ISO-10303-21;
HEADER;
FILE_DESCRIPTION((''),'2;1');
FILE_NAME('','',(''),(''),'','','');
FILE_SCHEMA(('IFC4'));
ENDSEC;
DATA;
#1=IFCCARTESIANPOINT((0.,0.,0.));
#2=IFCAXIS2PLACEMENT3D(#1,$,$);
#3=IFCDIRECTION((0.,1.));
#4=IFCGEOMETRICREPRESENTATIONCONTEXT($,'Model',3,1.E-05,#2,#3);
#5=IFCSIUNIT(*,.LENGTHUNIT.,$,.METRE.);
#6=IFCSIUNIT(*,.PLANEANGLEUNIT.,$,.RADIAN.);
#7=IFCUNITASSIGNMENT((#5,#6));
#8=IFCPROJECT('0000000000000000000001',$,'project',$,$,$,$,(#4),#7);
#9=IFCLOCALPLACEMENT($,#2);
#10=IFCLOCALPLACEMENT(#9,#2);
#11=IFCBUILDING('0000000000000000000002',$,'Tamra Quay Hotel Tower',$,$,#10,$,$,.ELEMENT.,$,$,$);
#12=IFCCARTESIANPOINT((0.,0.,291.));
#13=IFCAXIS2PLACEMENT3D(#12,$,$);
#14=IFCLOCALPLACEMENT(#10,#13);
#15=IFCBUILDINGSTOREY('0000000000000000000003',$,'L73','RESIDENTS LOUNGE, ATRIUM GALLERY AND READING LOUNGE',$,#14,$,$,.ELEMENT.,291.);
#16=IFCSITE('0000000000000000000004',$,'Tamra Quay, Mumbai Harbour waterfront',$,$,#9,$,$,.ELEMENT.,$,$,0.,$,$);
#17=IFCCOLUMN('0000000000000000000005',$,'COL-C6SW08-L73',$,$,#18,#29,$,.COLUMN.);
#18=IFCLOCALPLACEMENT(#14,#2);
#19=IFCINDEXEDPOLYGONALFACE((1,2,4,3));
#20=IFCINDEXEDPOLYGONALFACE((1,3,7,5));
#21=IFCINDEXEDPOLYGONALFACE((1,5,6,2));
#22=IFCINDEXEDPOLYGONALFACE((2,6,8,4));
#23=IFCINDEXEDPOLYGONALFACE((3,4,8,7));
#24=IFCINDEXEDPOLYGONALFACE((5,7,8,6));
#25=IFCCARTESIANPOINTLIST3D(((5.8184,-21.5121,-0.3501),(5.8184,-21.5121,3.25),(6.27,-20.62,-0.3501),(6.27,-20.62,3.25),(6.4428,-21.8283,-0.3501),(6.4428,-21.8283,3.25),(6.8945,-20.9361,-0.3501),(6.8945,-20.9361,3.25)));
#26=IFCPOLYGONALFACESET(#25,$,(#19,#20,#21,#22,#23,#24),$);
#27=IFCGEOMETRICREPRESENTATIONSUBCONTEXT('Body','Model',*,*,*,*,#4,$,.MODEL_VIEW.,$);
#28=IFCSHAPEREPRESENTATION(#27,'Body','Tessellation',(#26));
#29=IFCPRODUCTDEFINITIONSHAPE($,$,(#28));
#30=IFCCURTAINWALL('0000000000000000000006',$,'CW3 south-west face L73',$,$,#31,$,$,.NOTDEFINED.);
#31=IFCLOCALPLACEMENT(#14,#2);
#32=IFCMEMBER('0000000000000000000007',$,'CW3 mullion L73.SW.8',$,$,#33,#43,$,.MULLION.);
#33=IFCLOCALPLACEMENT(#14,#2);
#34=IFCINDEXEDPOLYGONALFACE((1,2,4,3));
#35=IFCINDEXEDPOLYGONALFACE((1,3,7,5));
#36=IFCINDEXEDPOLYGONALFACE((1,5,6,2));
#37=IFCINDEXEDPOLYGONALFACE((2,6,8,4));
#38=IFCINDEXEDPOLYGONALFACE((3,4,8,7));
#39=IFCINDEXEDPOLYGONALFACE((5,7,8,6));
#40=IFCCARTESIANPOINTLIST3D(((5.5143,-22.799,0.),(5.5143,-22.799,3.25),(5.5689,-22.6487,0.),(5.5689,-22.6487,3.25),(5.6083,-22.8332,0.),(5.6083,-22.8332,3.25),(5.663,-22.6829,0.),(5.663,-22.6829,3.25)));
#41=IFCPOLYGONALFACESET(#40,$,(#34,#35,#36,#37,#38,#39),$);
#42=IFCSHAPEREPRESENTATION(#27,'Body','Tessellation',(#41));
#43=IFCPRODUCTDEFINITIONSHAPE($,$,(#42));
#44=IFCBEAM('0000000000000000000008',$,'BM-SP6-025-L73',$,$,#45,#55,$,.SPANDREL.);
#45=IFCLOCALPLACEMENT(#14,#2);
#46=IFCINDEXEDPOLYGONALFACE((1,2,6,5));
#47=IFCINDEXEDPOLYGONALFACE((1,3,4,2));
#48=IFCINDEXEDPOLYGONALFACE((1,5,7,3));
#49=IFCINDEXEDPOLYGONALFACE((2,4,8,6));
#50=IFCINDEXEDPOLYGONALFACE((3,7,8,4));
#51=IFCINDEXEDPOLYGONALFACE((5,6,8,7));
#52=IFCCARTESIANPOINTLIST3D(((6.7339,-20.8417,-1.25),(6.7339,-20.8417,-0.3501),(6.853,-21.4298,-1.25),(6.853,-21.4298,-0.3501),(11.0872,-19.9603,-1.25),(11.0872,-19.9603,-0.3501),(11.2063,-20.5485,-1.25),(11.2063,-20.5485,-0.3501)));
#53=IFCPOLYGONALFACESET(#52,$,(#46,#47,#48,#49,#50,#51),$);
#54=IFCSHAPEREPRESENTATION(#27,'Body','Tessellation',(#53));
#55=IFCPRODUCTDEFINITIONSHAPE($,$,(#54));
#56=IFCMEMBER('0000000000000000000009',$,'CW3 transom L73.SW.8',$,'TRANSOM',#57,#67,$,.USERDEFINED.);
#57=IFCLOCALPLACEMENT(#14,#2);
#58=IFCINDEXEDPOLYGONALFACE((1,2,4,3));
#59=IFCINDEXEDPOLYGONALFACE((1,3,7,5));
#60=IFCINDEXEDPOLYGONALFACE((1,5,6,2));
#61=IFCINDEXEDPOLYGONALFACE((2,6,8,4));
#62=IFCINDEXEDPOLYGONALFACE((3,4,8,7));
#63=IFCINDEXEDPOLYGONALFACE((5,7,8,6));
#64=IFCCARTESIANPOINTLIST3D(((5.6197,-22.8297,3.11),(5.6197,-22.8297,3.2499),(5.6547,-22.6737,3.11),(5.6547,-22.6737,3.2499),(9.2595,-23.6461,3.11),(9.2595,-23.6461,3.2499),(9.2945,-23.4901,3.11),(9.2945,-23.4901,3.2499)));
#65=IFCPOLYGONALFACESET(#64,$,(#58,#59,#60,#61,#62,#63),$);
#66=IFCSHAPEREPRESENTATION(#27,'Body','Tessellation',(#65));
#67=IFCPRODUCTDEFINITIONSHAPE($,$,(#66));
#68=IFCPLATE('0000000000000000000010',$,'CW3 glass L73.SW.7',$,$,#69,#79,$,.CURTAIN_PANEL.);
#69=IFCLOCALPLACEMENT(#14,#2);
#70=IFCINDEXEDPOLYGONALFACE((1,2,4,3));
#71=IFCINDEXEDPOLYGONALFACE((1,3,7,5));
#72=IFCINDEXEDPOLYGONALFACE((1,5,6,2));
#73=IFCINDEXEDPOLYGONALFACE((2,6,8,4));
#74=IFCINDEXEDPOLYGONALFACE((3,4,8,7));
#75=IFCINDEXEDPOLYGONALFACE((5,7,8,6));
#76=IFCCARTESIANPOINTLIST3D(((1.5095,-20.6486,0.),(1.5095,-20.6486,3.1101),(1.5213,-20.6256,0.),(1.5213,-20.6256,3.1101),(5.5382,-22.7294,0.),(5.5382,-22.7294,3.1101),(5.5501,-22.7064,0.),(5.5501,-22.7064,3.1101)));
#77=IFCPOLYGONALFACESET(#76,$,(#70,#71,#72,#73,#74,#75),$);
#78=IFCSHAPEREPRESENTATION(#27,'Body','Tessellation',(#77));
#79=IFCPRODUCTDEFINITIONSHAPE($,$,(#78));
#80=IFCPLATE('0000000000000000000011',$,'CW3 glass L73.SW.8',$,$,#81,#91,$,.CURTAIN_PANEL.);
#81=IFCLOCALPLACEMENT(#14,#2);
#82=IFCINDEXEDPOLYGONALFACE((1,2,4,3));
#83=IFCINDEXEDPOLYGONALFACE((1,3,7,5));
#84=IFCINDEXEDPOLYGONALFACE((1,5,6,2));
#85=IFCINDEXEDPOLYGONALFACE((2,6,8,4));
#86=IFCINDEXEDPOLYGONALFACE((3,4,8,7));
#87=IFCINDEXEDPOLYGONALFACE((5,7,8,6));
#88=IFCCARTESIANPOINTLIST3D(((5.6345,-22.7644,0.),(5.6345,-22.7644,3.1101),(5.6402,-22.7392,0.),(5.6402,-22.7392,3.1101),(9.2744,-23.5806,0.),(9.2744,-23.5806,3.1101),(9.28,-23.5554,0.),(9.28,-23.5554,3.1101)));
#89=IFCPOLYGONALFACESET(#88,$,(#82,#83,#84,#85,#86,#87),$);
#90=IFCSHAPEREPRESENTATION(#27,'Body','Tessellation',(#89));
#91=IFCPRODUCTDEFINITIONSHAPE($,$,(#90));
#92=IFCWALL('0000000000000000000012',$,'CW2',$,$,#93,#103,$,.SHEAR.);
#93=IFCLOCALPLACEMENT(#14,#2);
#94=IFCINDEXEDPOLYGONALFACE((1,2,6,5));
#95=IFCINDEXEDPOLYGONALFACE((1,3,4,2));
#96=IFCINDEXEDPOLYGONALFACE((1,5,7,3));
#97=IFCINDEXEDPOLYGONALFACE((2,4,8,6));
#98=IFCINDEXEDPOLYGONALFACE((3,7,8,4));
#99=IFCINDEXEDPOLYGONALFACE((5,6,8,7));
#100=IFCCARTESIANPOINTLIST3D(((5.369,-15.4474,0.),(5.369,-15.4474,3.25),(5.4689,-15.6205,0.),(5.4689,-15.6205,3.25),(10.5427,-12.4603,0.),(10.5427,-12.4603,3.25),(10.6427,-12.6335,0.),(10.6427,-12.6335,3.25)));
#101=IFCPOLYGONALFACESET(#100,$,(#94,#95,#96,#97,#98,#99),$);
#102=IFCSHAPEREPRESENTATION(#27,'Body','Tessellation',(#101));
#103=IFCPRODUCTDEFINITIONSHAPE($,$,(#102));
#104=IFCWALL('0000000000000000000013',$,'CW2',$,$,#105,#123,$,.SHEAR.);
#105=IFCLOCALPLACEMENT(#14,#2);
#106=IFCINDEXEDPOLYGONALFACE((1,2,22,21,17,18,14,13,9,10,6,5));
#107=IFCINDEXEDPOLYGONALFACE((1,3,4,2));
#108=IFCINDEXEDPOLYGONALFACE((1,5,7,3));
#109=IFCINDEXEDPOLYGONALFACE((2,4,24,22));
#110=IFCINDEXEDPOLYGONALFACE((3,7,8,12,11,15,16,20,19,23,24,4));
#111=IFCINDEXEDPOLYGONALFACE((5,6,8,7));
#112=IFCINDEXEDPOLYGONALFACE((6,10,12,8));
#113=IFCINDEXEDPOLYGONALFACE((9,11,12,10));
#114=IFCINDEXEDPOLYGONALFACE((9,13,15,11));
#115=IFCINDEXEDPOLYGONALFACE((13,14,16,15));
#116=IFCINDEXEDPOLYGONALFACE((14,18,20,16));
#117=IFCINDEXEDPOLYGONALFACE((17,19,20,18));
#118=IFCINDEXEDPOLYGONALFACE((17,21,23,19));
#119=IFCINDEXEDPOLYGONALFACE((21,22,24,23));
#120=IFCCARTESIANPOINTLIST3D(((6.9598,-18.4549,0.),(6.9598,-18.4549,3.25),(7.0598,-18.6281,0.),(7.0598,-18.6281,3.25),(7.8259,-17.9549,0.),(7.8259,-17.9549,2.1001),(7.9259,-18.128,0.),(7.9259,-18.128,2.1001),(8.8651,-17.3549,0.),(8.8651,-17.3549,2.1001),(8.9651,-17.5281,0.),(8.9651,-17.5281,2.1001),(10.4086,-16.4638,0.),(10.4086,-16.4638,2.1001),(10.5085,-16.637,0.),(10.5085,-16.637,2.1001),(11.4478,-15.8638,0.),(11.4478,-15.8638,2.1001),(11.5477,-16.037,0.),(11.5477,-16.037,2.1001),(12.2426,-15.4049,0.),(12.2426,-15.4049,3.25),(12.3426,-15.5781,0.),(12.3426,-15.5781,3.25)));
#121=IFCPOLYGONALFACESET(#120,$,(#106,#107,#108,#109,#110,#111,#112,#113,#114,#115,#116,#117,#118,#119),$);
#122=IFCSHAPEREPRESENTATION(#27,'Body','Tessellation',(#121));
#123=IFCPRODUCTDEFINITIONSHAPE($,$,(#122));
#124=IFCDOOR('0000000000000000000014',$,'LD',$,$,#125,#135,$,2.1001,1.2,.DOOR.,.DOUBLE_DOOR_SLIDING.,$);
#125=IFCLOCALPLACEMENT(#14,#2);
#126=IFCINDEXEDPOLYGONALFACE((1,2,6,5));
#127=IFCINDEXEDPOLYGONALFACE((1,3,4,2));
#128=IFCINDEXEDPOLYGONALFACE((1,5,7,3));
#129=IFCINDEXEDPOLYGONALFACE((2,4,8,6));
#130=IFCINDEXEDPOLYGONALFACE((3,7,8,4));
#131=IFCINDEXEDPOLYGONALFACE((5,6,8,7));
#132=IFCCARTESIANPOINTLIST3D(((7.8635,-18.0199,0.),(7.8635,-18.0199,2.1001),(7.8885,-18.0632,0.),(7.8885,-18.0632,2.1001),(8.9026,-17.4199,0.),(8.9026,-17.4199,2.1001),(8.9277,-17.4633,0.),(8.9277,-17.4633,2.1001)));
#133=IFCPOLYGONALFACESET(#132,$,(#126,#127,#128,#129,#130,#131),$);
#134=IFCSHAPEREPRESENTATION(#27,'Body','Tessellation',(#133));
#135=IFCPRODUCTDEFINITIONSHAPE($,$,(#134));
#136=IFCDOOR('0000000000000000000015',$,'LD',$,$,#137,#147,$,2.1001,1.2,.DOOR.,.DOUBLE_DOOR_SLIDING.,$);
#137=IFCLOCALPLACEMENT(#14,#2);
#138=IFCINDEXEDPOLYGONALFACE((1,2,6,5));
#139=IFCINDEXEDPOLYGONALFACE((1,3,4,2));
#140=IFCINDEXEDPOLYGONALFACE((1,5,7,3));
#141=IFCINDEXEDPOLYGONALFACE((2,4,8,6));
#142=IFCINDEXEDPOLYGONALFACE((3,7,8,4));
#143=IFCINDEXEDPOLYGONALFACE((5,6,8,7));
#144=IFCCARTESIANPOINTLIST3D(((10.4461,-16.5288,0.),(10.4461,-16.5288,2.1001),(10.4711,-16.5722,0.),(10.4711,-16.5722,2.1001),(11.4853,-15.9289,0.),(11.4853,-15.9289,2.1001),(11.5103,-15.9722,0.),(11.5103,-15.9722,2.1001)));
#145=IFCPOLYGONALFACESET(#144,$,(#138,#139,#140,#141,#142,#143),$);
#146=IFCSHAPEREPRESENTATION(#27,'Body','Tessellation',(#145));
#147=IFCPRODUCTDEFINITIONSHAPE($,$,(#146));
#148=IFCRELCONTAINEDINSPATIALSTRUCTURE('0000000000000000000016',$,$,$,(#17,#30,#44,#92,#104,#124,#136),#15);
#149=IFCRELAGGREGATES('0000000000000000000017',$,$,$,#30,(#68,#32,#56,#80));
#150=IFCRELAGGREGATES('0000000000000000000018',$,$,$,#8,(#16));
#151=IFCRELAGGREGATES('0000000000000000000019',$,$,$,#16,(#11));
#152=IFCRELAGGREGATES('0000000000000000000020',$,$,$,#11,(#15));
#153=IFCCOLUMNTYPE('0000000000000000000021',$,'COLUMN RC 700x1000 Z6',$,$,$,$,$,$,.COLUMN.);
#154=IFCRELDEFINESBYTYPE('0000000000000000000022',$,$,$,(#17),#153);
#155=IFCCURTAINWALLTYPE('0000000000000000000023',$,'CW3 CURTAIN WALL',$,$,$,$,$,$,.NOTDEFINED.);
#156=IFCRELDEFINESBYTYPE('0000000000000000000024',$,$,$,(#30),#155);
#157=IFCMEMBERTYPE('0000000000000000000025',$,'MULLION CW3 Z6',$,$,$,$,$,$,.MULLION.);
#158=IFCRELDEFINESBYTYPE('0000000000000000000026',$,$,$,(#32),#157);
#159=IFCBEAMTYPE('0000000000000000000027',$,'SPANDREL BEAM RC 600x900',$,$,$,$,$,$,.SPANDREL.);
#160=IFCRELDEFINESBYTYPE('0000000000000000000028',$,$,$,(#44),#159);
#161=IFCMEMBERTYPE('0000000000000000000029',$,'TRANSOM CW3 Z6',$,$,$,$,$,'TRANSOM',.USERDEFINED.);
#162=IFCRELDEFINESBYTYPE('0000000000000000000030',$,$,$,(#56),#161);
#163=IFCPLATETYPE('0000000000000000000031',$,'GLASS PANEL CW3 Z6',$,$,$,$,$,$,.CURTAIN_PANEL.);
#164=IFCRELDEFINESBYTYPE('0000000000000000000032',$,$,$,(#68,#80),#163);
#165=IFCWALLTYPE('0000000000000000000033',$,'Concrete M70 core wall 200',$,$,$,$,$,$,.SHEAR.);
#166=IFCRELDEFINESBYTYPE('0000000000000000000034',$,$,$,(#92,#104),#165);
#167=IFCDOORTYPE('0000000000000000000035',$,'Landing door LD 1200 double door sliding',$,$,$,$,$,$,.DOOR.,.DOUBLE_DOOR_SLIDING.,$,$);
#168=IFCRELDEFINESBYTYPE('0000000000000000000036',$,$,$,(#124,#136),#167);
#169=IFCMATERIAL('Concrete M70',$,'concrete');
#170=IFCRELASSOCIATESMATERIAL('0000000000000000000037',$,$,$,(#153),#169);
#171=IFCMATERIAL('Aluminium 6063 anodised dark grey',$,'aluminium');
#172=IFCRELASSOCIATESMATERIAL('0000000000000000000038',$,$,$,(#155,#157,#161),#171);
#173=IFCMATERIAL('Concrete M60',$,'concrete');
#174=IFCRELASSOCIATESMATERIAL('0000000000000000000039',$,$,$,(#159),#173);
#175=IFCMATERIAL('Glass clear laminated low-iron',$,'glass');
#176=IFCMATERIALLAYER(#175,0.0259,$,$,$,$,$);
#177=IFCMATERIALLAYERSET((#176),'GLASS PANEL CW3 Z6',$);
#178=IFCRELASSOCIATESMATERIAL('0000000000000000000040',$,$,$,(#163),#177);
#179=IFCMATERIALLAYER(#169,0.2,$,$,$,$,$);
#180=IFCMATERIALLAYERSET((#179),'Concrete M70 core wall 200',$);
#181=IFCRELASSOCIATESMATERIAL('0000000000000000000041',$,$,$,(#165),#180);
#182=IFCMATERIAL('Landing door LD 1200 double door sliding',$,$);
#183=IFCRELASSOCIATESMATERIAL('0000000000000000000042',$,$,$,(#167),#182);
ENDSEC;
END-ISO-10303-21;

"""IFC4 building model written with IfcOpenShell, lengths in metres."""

from ifc_helpers import new_model, si_unit, direction, frame, frame_2d, origin, origin_2d, place, context, subcontext, project, spatial, rectangle, extrude, material, layer, layer_set, material_profile, profile_set, type_object, element, fill, aggregate, save


model = new_model("IFC4")

# Units and contexts
model_context = context("Model", 3, precision=1e-05, world=origin(), true_north=direction((0.0, 1.0)))
body_context = subcontext(model_context, "Body", "Model", "MODEL_VIEW")
ifc_project = project(units=[si_unit("LENGTHUNIT", "METRE"), si_unit("PLANEANGLEUNIT", "RADIAN")], contexts=[model_context])

# Site, building, storey
site_placement = place(None, origin())
site = spatial("IfcSite", under=ifc_project, at=site_placement, Name="Tamra Quay, Mumbai Harbour waterfront", CompositionType="ELEMENT", RefElevation=0.0)
building_placement = place(site_placement, origin())
building = spatial("IfcBuilding", under=site, at=building_placement, Name="Tamra Quay Hotel Tower", CompositionType="ELEMENT")
storey_placement = place(building_placement, frame((0.0, 0.0, 291.0)))
storey = spatial("IfcBuildingStorey", under=building, at=storey_placement, Name="L73", Description="RESIDENTS LOUNGE, ATRIUM GALLERY AND READING LOUNGE", CompositionType="ELEMENT", Elevation=291.0)

# Column
ifc_material_1 = material(Name="Concrete M70", Category="concrete")
ifc_material_profile_1 = material_profile(ifc_material_1, rectangle(XDim=1.0, YDim=0.7, at=origin_2d()), Name="COLUMN RC 700x1000 Z6")
ifc_profile_set_1 = profile_set([ifc_material_profile_1], Name="Concrete M70")
column_type = type_object("IfcColumnType", Name="COLUMN RC 700x1000 Z6", PredefinedType="COLUMN", material=ifc_profile_set_1)
column_placement = place(storey_placement, frame((6.3564, -21.2241, -0.3501), z_axis=(0.0, 0.0, 1.0), x_axis=(0.451686, 0.892177, 0.0)))
element("IfcColumn", 1, at=column_placement, inside=storey, type_object=column_type, Name="COL-C6SW08-L73", PredefinedType="COLUMN", context=body_context, shape_type="SweptSolid", body=[
    extrude(rectangle(XDim=1.0, YDim=0.7, at=origin_2d()), origin(), (0.0, 0.0, 1.0), 3.6001),
])

# Curtain wall, member
ifc_material_2 = material(Name="Aluminium 6063 anodised dark grey", Category="aluminium")
curtain_wall_type = type_object("IfcCurtainWallType", Name="CW3 CURTAIN WALL", PredefinedType="NOTDEFINED", material=ifc_material_2)
curtain_wall_placement = place(storey_placement, origin())
curtain_wall = element("IfcCurtainWall", 2, at=curtain_wall_placement, inside=storey, type_object=curtain_wall_type, Name="CW3 south-west face L73", PredefinedType="NOTDEFINED")
ifc_material_profile_2 = material_profile(ifc_material_2, rectangle(XDim=0.1599, YDim=0.1001, at=origin_2d()), Name="MULLION 100X160")
ifc_profile_set_2 = profile_set([ifc_material_profile_2], Name="Aluminium 6063 anodised dark grey")
member_type_1 = type_object("IfcMemberType", Name="MULLION CW3 Z6", PredefinedType="MULLION", material=ifc_profile_set_2)
member_1_placement = place(storey_placement, frame((5.5886, -22.741, 0.0), z_axis=(0.0, 0.0, 1.0), x_axis=(-0.341653, -0.939826, 0.0)))
member_1 = element("IfcMember", 3, at=member_1_placement, type_object=member_type_1, Name="CW3 mullion L73.SW.8", PredefinedType="MULLION", context=body_context, shape_type="SweptSolid", body=[
    extrude(rectangle(XDim=0.1599, YDim=0.1001, at=origin_2d()), origin(), (0.0, 0.0, 1.0), 3.25),
])

# Beam
ifc_material_3 = material(Name="Concrete M60", Category="concrete")
ifc_material_profile_3 = material_profile(ifc_material_3, rectangle(XDim=0.6001, YDim=0.8999, at=origin_2d()), Name="SPANDREL BEAM RC 600x900")
ifc_profile_set_3 = profile_set([ifc_material_profile_3], Name="Concrete M60")
beam_type = type_object("IfcBeamType", Name="SPANDREL BEAM RC 600x900", PredefinedType="SPANDREL", material=ifc_profile_set_3)
beam_placement = place(storey_placement, frame((6.7935, -21.1357, -0.8), z_axis=(0.980115, 0.198431, 0.0), x_axis=(-0.198431, 0.980115, 0.0)))
element("IfcBeam", 4, at=beam_placement, inside=storey, type_object=beam_type, Name="BM-SP6-025-L73", PredefinedType="SPANDREL", context=body_context, shape_type="SweptSolid", body=[
    extrude(rectangle(XDim=0.6001, YDim=0.8999, at=origin_2d()), origin(), (0.0, 0.0, 1.0), 4.4417),
])

# Member
ifc_material_profile_4 = material_profile(ifc_material_2, rectangle(XDim=0.1599, YDim=0.1399, at=origin_2d()), Name="TRANSOM 160X140")
ifc_profile_set_4 = profile_set([ifc_material_profile_4], Name="Aluminium 6063 anodised dark grey")
member_type_2 = type_object("IfcMemberType", Name="TRANSOM CW3 Z6", ElementType="TRANSOM", PredefinedType="USERDEFINED", material=ifc_profile_set_4)
member_2_placement = place(storey_placement, frame((5.6372, -22.7517, 3.1799), z_axis=(0.975757, -0.218857, 0.0), x_axis=(0.218857, 0.975757, 0.0)))
member_2 = element("IfcMember", 5, at=member_2_placement, type_object=member_type_2, Name="CW3 transom L73.SW.8", ObjectType="TRANSOM", PredefinedType="USERDEFINED", context=body_context, shape_type="SweptSolid", body=[
    extrude(rectangle(XDim=0.1599, YDim=0.1399, at=origin_2d()), origin(), (0.0, 0.0, 1.0), 3.7302),
])

# Plates
ifc_material_4 = material(Name="Glass clear laminated low-iron", Category="glass")
ifc_layer_1 = layer(ifc_material_4, 0.0259)
ifc_layer_set_1 = layer_set([ifc_layer_1], Name="GLASS PANEL CW3 Z6")
plate_type = type_object("IfcPlateType", Name="GLASS PANEL CW3 Z6", PredefinedType="CURTAIN_PANEL", material=ifc_layer_set_1)
plate_1_placement = place(storey_placement, frame((3.5298, -21.6775, 0.0), z_axis=(0.0, 0.0, 1.0), x_axis=(0.888486, -0.458903, 0.0)))
plate_1 = element("IfcPlate", 6, at=plate_1_placement, type_object=plate_type, Name="CW3 glass L73.SW.7", PredefinedType="CURTAIN_PANEL", context=body_context, shape_type="SweptSolid", body=[
    extrude(rectangle(XDim=4.5344, YDim=0.0259, at=origin_2d()), origin(), (0.0, 0.0, 1.0), 3.1101),
])
plate_2_placement = place(storey_placement, frame((7.4573, -23.1599, 0.0), z_axis=(0.0, 0.0, 1.0), x_axis=(0.975768, -0.218806, 0.0)))
plate_2 = element("IfcPlate", 7, at=plate_2_placement, type_object=plate_type, Name="CW3 glass L73.SW.8", PredefinedType="CURTAIN_PANEL", context=body_context, shape_type="SweptSolid", body=[
    extrude(rectangle(XDim=3.7302, YDim=0.0259, at=origin_2d()), origin(), (0.0, 0.0, 1.0), 3.1101),
])
aggregate(curtain_wall, [plate_1, member_1, member_2, plate_2])

# Wall
ifc_layer_2 = layer(ifc_material_1, 0.2)
ifc_layer_set_2 = layer_set([ifc_layer_2], Name="Concrete M70 core wall 200")
wall_type_1 = type_object("IfcWallType", Name="Concrete M70 core wall 200", PredefinedType="SHEAR", material=ifc_layer_set_2)
wall_1_placement = place(storey_placement, frame((5.4189, -15.5339, 0.0), z_axis=(0.0, 0.0, 1.0), x_axis=(0.866029, 0.499994, 0.0)))
element("IfcWall", 8, at=wall_1_placement, inside=storey, type_object=wall_type_1, Name="CW2", PredefinedType="SHEAR", context=body_context, shape_type="SweptSolid", body=[
    extrude(rectangle(XDim=5.9741, YDim=0.2, at=frame_2d((2.9871, 0.0))), origin(), (0.0, 0.0, 1.0), 3.25),
])

# Wall, openings, doors
wall_2_placement = place(storey_placement, frame((7.0098, -18.5415, 0.0), z_axis=(0.0, 0.0, 1.0), x_axis=(0.86603, 0.499992, 0.0)))
wall_2 = element("IfcWall", 9, at=wall_2_placement, inside=storey, type_object=wall_type_1, Name="CW2", PredefinedType="SHEAR", context=body_context, shape_type="SweptSolid", body=[
    extrude(rectangle(XDim=6.1001, YDim=0.2, at=frame_2d((3.05, 0.0))), origin(), (0.0, 0.0, 1.0), 3.25),
])
opening_1_placement = place(wall_2_placement, frame((1.0, 0.0, 0.0)))
opening_1 = element("IfcOpeningElement", 10, at=opening_1_placement, cuts=wall_2, PredefinedType="OPENING", context=body_context, shape_type="SweptSolid", body=[
    extrude(rectangle(XDim=1.2, YDim=2.1001, at=frame_2d((0.6001, 1.05))), frame((0.0, 0.1099, 0.0), z_axis=(0.0, -1.0, 0.0), x_axis=(1.0, 0.0, 0.0)), (0.0, 0.0, 1.0), 0.22),
])
opening_2_placement = place(wall_2_placement, frame((3.9822, 0.0, 0.0)))
opening_2 = element("IfcOpeningElement", 11, at=opening_2_placement, cuts=wall_2, PredefinedType="OPENING", context=body_context, shape_type="SweptSolid", body=[
    extrude(rectangle(XDim=1.2, YDim=2.1001, at=frame_2d((0.6001, 1.05))), frame((0.0, 0.1099, 0.0), z_axis=(0.0, -1.0, 0.0), x_axis=(1.0, 0.0, 0.0)), (0.0, 0.0, 1.0), 0.22),
])
ifc_material_5 = material(Name="Landing door LD 1200 double door sliding")
door_type_1 = type_object("IfcDoorType", Name="Landing door LD 1200 double door sliding", OperationType="DOUBLE_DOOR_SLIDING", PredefinedType="DOOR", material=ifc_material_5)
door_1_placement = place(opening_1_placement, origin())
door_1 = element("IfcDoor", 12, at=door_1_placement, inside=storey, type_object=door_type_1, Name="LD", OperationType="DOUBLE_DOOR_SLIDING", OverallHeight=2.1001, OverallWidth=1.2, PredefinedType="DOOR", context=body_context, shape_type="SweptSolid", body=[
    extrude(rectangle(XDim=1.2, YDim=2.1001, at=frame_2d((0.6001, 1.05))), frame((0.0, 0.0249, 0.0), z_axis=(0.0, -1.0, 0.0), x_axis=(1.0, 0.0, 0.0)), (0.0, 0.0, 1.0), 0.05),
])
fill(opening_1, door_1)
door_2_placement = place(opening_2_placement, origin())
door_2 = element("IfcDoor", 13, at=door_2_placement, inside=storey, type_object=door_type_1, Name="LD", OperationType="DOUBLE_DOOR_SLIDING", OverallHeight=2.1001, OverallWidth=1.2, PredefinedType="DOOR", context=body_context, shape_type="SweptSolid", body=[
    extrude(rectangle(XDim=1.2, YDim=2.1001, at=frame_2d((0.6001, 1.05))), frame((0.0, 0.0249, 0.0), z_axis=(0.0, -1.0, 0.0), x_axis=(1.0, 0.0, 0.0)), (0.0, 0.0, 1.0), 0.05),
])
fill(opening_2, door_2)

save(model, "model.ifc")
